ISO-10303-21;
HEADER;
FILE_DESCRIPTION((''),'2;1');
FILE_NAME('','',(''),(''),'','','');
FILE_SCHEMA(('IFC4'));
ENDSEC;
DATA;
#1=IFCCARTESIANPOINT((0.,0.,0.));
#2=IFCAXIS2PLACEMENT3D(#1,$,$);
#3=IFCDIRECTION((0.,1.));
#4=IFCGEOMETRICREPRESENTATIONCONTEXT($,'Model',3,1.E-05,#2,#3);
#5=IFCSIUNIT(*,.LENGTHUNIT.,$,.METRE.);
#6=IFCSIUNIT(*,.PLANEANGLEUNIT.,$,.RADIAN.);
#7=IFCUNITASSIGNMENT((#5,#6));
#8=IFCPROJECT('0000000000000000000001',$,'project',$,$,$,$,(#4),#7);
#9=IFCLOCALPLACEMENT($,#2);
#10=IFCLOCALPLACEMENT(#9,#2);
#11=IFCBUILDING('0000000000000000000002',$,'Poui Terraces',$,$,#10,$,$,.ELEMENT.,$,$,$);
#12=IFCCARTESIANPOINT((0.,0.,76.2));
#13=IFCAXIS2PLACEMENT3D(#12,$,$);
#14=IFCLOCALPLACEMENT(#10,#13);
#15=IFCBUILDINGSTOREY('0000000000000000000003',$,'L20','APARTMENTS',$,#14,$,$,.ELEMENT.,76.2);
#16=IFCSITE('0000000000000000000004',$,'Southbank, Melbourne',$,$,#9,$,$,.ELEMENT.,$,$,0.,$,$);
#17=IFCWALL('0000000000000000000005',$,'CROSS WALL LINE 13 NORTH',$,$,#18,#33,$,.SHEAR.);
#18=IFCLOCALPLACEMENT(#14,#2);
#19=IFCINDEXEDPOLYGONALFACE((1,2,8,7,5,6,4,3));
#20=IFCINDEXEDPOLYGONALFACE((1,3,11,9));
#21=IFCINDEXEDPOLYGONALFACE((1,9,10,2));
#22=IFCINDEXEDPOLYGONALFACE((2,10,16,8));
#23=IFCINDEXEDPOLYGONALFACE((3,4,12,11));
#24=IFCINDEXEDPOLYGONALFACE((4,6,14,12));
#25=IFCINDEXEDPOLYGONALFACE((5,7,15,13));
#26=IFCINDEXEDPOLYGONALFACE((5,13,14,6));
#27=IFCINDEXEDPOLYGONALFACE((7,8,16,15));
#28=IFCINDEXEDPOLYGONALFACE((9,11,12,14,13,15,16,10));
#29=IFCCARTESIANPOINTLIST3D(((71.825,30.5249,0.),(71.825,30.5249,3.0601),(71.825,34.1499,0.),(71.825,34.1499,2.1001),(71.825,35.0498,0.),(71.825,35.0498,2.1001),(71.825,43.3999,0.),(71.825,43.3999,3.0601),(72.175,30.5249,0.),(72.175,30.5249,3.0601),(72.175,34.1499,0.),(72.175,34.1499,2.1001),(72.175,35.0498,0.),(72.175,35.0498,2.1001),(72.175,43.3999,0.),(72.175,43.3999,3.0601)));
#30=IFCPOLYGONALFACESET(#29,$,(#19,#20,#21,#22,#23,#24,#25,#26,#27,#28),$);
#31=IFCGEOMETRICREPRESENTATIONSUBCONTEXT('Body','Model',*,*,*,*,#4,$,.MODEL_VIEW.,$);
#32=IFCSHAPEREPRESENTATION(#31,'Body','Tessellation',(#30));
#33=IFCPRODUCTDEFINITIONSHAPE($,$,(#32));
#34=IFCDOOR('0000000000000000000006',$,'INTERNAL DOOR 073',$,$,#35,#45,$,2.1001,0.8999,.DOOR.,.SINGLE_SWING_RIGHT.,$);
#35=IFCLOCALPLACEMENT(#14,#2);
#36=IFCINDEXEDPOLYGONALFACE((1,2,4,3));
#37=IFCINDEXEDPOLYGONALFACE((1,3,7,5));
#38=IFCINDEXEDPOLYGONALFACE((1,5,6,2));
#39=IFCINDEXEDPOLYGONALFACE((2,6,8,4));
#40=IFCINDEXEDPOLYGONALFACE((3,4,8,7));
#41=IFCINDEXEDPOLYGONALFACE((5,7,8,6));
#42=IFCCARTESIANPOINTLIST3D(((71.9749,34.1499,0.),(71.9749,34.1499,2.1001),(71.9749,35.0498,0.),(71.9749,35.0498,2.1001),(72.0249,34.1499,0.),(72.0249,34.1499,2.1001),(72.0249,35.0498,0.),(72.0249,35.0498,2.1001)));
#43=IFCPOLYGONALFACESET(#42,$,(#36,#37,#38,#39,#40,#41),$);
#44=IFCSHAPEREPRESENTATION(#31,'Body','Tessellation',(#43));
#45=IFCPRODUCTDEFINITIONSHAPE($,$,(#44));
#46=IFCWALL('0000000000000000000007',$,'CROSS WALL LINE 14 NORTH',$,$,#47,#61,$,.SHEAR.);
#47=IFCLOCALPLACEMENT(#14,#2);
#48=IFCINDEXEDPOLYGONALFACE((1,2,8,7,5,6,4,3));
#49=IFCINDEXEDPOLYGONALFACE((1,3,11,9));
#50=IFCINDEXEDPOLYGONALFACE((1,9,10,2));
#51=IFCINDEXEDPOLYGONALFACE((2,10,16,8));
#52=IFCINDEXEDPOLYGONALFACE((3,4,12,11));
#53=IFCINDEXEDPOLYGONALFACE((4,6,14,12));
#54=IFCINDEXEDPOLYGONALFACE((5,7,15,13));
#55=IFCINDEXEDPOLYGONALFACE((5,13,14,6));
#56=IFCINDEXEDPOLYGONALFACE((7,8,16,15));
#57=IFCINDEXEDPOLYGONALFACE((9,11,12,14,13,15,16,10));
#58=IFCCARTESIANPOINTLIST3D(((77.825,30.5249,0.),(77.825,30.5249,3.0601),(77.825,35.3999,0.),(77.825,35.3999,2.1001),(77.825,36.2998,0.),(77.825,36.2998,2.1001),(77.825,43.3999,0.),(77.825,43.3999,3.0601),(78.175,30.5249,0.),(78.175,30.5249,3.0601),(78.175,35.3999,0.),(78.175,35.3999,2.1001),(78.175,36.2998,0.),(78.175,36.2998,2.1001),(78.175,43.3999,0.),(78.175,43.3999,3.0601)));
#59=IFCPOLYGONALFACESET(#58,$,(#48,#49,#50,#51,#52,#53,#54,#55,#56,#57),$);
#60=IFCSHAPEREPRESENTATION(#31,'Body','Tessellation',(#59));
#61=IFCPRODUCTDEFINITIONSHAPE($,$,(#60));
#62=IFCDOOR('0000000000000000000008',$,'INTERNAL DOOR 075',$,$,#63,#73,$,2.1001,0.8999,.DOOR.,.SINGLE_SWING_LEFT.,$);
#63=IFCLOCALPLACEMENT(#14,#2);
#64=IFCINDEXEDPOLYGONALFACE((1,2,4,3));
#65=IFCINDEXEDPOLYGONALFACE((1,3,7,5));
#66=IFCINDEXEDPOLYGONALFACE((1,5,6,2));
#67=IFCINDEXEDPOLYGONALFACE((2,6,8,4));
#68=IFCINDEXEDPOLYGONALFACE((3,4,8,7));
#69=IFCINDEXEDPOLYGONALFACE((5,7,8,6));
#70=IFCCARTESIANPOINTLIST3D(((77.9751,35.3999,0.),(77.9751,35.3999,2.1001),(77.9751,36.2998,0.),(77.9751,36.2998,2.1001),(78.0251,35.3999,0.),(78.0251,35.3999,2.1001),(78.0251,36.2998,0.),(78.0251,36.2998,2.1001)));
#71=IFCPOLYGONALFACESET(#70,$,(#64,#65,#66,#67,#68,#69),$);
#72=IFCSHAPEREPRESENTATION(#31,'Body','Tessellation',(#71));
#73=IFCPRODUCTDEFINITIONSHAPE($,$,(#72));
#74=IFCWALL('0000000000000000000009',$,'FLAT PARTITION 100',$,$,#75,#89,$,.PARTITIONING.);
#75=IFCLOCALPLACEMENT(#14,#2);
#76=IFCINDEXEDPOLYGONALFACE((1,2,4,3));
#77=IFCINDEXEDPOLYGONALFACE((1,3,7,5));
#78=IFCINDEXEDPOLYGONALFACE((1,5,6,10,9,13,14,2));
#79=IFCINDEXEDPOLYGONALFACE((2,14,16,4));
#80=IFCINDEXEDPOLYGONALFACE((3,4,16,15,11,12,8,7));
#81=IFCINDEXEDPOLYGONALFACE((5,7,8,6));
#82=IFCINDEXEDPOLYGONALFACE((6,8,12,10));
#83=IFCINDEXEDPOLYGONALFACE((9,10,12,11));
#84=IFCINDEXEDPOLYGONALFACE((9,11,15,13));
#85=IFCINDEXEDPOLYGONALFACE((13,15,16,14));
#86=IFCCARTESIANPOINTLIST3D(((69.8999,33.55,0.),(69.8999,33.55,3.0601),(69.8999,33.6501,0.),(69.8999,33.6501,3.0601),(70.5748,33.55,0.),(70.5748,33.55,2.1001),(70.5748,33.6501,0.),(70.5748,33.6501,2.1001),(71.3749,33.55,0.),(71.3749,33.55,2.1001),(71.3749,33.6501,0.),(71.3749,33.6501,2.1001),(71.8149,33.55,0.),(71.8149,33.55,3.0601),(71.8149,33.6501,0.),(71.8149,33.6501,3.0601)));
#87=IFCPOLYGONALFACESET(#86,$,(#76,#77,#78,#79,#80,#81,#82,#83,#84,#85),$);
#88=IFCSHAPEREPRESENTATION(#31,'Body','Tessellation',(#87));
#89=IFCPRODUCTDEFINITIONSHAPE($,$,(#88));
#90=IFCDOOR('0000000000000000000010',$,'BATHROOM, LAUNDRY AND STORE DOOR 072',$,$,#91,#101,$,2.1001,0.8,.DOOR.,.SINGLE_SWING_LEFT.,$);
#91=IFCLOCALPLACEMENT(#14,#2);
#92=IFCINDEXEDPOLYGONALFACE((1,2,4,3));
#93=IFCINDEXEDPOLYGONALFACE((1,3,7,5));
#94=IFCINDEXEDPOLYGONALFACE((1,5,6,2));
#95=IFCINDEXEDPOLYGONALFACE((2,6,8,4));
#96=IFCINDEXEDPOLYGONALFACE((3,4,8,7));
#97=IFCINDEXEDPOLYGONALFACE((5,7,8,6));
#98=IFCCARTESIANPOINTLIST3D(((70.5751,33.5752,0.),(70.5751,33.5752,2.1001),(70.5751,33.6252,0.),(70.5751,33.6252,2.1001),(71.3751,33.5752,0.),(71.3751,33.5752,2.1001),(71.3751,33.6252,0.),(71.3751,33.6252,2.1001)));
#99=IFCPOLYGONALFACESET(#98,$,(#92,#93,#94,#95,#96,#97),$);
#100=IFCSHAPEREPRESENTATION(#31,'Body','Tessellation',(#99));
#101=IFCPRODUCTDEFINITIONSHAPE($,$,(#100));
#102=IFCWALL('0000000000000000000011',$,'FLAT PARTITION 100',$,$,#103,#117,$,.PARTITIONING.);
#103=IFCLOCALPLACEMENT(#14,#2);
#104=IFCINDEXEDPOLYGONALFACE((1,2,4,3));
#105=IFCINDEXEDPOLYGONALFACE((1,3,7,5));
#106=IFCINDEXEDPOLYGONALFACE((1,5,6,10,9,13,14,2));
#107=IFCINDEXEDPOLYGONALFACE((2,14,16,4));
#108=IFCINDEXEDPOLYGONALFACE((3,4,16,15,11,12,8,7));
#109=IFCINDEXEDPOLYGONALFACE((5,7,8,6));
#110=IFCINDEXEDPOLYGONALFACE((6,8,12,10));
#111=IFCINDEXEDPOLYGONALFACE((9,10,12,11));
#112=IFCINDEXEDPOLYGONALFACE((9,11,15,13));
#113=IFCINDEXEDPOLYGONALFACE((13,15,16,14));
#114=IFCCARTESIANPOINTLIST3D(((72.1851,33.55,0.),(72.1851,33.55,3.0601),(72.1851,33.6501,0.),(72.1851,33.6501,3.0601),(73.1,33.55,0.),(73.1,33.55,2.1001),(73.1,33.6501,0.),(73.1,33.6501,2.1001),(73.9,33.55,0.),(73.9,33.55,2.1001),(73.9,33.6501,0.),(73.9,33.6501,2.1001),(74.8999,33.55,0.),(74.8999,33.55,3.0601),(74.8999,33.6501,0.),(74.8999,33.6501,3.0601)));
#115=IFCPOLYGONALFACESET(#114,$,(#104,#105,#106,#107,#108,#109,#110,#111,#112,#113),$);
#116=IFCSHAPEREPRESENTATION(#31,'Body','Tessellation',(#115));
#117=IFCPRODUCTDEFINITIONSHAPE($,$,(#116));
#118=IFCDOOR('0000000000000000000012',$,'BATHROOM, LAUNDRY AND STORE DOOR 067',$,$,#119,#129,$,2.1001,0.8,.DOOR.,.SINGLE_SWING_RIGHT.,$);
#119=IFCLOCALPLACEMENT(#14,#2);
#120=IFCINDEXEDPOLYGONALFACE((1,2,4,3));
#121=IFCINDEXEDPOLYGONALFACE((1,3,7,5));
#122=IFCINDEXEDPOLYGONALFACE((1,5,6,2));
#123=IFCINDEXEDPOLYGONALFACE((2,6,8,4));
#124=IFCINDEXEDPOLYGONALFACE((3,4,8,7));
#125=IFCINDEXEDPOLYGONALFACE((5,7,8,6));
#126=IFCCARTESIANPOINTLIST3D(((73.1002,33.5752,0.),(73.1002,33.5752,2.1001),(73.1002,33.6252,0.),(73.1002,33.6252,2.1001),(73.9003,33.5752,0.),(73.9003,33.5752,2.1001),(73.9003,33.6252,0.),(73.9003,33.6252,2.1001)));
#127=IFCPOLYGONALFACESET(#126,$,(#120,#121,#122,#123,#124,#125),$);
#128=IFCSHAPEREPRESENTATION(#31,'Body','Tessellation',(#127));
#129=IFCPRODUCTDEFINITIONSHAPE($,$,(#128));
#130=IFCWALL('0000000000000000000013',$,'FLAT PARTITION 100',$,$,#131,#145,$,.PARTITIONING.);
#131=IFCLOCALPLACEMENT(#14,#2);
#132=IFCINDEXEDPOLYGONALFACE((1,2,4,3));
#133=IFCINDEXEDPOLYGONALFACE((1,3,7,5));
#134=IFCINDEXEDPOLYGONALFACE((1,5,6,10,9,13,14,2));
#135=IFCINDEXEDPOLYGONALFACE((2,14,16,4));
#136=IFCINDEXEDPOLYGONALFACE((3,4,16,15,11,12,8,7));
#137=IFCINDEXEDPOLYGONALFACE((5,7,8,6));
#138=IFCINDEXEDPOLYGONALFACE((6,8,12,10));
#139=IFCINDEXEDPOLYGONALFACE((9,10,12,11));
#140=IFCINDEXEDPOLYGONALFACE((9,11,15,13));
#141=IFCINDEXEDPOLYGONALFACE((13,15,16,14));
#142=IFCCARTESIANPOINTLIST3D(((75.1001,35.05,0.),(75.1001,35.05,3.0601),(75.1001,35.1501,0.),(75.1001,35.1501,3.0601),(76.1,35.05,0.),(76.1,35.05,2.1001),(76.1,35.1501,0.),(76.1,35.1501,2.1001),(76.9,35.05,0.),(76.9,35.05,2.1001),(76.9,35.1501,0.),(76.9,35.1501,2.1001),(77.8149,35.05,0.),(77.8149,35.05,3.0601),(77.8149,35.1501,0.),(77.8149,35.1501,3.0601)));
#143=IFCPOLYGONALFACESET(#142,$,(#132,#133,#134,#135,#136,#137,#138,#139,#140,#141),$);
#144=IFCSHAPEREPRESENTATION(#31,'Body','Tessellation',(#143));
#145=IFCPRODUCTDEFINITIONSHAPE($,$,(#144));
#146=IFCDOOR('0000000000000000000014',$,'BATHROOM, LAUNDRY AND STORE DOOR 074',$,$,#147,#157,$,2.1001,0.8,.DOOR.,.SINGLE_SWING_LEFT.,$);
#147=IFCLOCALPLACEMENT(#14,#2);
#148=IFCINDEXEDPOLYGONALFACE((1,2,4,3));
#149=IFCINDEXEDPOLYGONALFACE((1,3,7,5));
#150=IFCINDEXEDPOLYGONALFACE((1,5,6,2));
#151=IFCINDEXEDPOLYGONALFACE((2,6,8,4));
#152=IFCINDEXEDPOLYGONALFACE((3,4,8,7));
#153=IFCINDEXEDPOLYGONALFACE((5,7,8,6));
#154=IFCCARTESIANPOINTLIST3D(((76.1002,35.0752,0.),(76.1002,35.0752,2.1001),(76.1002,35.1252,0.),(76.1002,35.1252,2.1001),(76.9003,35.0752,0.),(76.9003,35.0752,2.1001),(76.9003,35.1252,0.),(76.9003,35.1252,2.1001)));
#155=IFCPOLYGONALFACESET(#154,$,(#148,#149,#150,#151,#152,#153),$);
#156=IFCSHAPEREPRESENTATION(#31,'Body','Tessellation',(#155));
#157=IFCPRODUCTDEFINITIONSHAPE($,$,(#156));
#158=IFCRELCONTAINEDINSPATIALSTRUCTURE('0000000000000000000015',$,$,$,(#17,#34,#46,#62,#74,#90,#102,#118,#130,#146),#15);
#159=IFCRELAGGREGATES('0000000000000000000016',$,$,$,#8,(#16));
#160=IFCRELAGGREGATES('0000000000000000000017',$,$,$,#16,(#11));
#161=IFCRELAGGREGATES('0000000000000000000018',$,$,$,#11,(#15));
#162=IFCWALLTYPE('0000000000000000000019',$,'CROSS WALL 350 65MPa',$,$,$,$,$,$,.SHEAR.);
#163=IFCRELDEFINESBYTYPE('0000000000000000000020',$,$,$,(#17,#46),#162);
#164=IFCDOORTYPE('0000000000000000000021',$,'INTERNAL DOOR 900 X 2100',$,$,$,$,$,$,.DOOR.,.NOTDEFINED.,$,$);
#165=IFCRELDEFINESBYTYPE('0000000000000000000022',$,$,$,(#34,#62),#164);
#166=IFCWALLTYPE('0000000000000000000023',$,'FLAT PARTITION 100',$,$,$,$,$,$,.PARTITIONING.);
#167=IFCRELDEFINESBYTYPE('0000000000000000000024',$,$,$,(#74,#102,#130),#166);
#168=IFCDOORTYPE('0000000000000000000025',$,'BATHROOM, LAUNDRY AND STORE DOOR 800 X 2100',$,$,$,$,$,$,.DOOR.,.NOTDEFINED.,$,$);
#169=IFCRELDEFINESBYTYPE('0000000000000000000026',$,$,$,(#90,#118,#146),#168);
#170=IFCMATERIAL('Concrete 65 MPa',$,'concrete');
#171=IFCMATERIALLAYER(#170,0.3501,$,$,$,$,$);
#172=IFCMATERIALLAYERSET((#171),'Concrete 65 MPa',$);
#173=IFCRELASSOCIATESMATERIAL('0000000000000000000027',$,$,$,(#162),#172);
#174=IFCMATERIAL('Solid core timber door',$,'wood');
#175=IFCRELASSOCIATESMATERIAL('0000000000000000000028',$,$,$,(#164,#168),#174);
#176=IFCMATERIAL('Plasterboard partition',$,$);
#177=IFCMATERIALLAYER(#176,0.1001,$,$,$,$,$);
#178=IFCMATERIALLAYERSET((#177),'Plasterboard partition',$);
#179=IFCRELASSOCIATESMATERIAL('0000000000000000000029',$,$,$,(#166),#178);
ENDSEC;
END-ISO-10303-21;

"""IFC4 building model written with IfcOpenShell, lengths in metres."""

from ifc_helpers import new_model, si_unit, direction, frame, frame_2d, origin, place, context, subcontext, project, spatial, rectangle, extrude, material, layer, layer_set, type_object, element, fill, save


model = new_model("IFC4")

# Units and contexts
model_context = context("Model", 3, precision=1e-05, world=origin(), true_north=direction((0.0, 1.0)))
body_context = subcontext(model_context, "Body", "Model", "MODEL_VIEW")
ifc_project = project(units=[si_unit("LENGTHUNIT", "METRE"), si_unit("PLANEANGLEUNIT", "RADIAN")], contexts=[model_context])

# Site, building, storey
site_placement = place(None, origin())
site = spatial("IfcSite", under=ifc_project, at=site_placement, Name="Southbank, Melbourne", CompositionType="ELEMENT", RefElevation=0.0)
building_placement = place(site_placement, origin())
building = spatial("IfcBuilding", under=site, at=building_placement, Name="Poui Terraces", CompositionType="ELEMENT")
storey_placement = place(building_placement, frame((0.0, 0.0, 76.2)))
storey = spatial("IfcBuildingStorey", under=building, at=storey_placement, Name="L20", Description="APARTMENTS", CompositionType="ELEMENT", Elevation=76.2)

# Walls, openings, doors
ifc_material_1 = material(Name="Concrete 65 MPa", Category="concrete")
ifc_layer_1 = layer(ifc_material_1, 0.3501)
ifc_layer_set_1 = layer_set([ifc_layer_1], Name="Concrete 65 MPa")
wall_type_1 = type_object("IfcWallType", Name="CROSS WALL 350 65MPa", PredefinedType="SHEAR", material=ifc_layer_set_1)
wall_1_placement = place(storey_placement, frame((72.0, 30.5249, 0.0), z_axis=(0.0, 0.0, 1.0), x_axis=(0.0, 1.0, 0.0)))
wall_1 = element("IfcWall", 1, at=wall_1_placement, inside=storey, type_object=wall_type_1, Name="CROSS WALL LINE 13 NORTH", PredefinedType="SHEAR", context=body_context, shape_type="SweptSolid", body=[
    extrude(rectangle(XDim=12.875, YDim=0.3501, at=frame_2d((6.4375, 0.0))), origin(), (0.0, 0.0, 1.0), 3.0601),
])
opening_1_placement = place(wall_1_placement, frame((3.625, 0.0, 0.0)))
opening_1 = element("IfcOpeningElement", 2, at=opening_1_placement, cuts=wall_1, PredefinedType="OPENING", context=body_context, shape_type="SweptSolid", body=[
    extrude(rectangle(XDim=0.8999, YDim=2.1001, at=frame_2d((0.45, 1.05))), frame((0.0, 0.1851, 0.0), z_axis=(0.0, -1.0, 0.0), x_axis=(1.0, 0.0, 0.0)), (0.0, 0.0, 1.0), 0.3701),
])
ifc_material_2 = material(Name="Solid core timber door", Category="wood")
door_type_1 = type_object("IfcDoorType", Name="INTERNAL DOOR 900 X 2100", OperationType="NOTDEFINED", PredefinedType="DOOR", material=ifc_material_2)
door_1_placement = place(opening_1_placement, frame((0.8999, 0.0, 0.0), z_axis=(0.0, 0.0, 1.0), x_axis=(-1.0, 0.0, 0.0)))
door_1 = element("IfcDoor", 3, at=door_1_placement, inside=storey, type_object=door_type_1, Name="INTERNAL DOOR 073", OperationType="SINGLE_SWING_RIGHT", OverallHeight=2.1001, OverallWidth=0.8999, PredefinedType="DOOR", context=body_context, shape_type="SweptSolid", body=[
    extrude(rectangle(XDim=0.8999, YDim=2.1001, at=frame_2d((0.45, 1.05))), frame((0.0, 0.0249, 0.0), z_axis=(0.0, -1.0, 0.0), x_axis=(1.0, 0.0, 0.0)), (0.0, 0.0, 1.0), 0.05),
])
fill(opening_1, door_1)
wall_2_placement = place(storey_placement, frame((78.0, 30.5249, 0.0), z_axis=(0.0, 0.0, 1.0), x_axis=(0.0, 1.0, 0.0)))
wall_2 = element("IfcWall", 4, at=wall_2_placement, inside=storey, type_object=wall_type_1, Name="CROSS WALL LINE 14 NORTH", PredefinedType="SHEAR", context=body_context, shape_type="SweptSolid", body=[
    extrude(rectangle(XDim=12.875, YDim=0.3501, at=frame_2d((6.4375, 0.0))), origin(), (0.0, 0.0, 1.0), 3.0601),
])
opening_2_placement = place(wall_2_placement, frame((4.875, 0.0, 0.0)))
opening_2 = element("IfcOpeningElement", 5, at=opening_2_placement, cuts=wall_2, PredefinedType="OPENING", context=body_context, shape_type="SweptSolid", body=[
    extrude(rectangle(XDim=0.8999, YDim=2.1001, at=frame_2d((0.45, 1.05))), frame((0.0, 0.1851, 0.0), z_axis=(0.0, -1.0, 0.0), x_axis=(1.0, 0.0, 0.0)), (0.0, 0.0, 1.0), 0.3701),
])
door_2_placement = place(opening_2_placement, origin())
door_2 = element("IfcDoor", 6, at=door_2_placement, inside=storey, type_object=door_type_1, Name="INTERNAL DOOR 075", OperationType="SINGLE_SWING_LEFT", OverallHeight=2.1001, OverallWidth=0.8999, PredefinedType="DOOR", context=body_context, shape_type="SweptSolid", body=[
    extrude(rectangle(XDim=0.8999, YDim=2.1001, at=frame_2d((0.45, 1.05))), frame((0.0, 0.0249, 0.0), z_axis=(0.0, -1.0, 0.0), x_axis=(1.0, 0.0, 0.0)), (0.0, 0.0, 1.0), 0.05),
])
fill(opening_2, door_2)
ifc_material_3 = material(Name="Plasterboard partition")
ifc_layer_2 = layer(ifc_material_3, 0.1001)
ifc_layer_set_2 = layer_set([ifc_layer_2], Name="Plasterboard partition")
wall_type_2 = type_object("IfcWallType", Name="FLAT PARTITION 100", PredefinedType="PARTITIONING", material=ifc_layer_set_2)
wall_3_placement = place(storey_placement, frame((69.8999, 33.6001, 0.0), z_axis=(0.0, 0.0, 1.0), x_axis=(1.0, 0.0, 0.0)))
wall_3 = element("IfcWall", 7, at=wall_3_placement, inside=storey, type_object=wall_type_2, Name="FLAT PARTITION 100", PredefinedType="PARTITIONING", context=body_context, shape_type="SweptSolid", body=[
    extrude(rectangle(XDim=1.915, YDim=0.1001, at=frame_2d((0.9575, 0.0))), origin(), (0.0, 0.0, 1.0), 3.0601),
])
opening_3_placement = place(wall_3_placement, frame((0.675, 0.0, 0.0)))
opening_3 = element("IfcOpeningElement", 8, at=opening_3_placement, cuts=wall_3, PredefinedType="OPENING", context=body_context, shape_type="SweptSolid", body=[
    extrude(rectangle(XDim=0.8, YDim=2.1001, at=frame_2d((0.3999, 1.05))), frame((0.0, 0.0601, 0.0), z_axis=(0.0, -1.0, 0.0), x_axis=(1.0, 0.0, 0.0)), (0.0, 0.0, 1.0), 0.1201),
])
door_type_2 = type_object("IfcDoorType", Name="BATHROOM, LAUNDRY AND STORE DOOR 800 X 2100", OperationType="NOTDEFINED", PredefinedType="DOOR", material=ifc_material_2)
door_3_placement = place(opening_3_placement, frame((0.8, 0.0, 0.0), z_axis=(0.0, 0.0, 1.0), x_axis=(-1.0, 0.0, 0.0)))
door_3 = element("IfcDoor", 9, at=door_3_placement, inside=storey, type_object=door_type_2, Name="BATHROOM, LAUNDRY AND STORE DOOR 072", OperationType="SINGLE_SWING_LEFT", OverallHeight=2.1001, OverallWidth=0.8, PredefinedType="DOOR", context=body_context, shape_type="SweptSolid", body=[
    extrude(rectangle(XDim=0.8, YDim=2.1001, at=frame_2d((0.3999, 1.05))), frame((0.0, 0.0249, 0.0), z_axis=(0.0, -1.0, 0.0), x_axis=(1.0, 0.0, 0.0)), (0.0, 0.0, 1.0), 0.05),
])
fill(opening_3, door_3)
wall_4_placement = place(storey_placement, frame((72.1851, 33.6001, 0.0), z_axis=(0.0, 0.0, 1.0), x_axis=(1.0, 0.0, 0.0)))
wall_4 = element("IfcWall", 10, at=wall_4_placement, inside=storey, type_object=wall_type_2, Name="FLAT PARTITION 100", PredefinedType="PARTITIONING", context=body_context, shape_type="SweptSolid", body=[
    extrude(rectangle(XDim=2.7148, YDim=0.1001, at=frame_2d((1.3574, 0.0))), origin(), (0.0, 0.0, 1.0), 3.0601),
])
opening_4_placement = place(wall_4_placement, frame((0.915, 0.0, 0.0)))
opening_4 = element("IfcOpeningElement", 11, at=opening_4_placement, cuts=wall_4, PredefinedType="OPENING", context=body_context, shape_type="SweptSolid", body=[
    extrude(rectangle(XDim=0.8, YDim=2.1001, at=frame_2d((0.3999, 1.05))), frame((0.0, 0.0601, 0.0), z_axis=(0.0, -1.0, 0.0), x_axis=(1.0, 0.0, 0.0)), (0.0, 0.0, 1.0), 0.1201),
])
door_4_placement = place(opening_4_placement, frame((0.8, 0.0, 0.0), z_axis=(0.0, 0.0, 1.0), x_axis=(-1.0, 0.0, 0.0)))
door_4 = element("IfcDoor", 12, at=door_4_placement, inside=storey, type_object=door_type_2, Name="BATHROOM, LAUNDRY AND STORE DOOR 067", OperationType="SINGLE_SWING_RIGHT", OverallHeight=2.1001, OverallWidth=0.8, PredefinedType="DOOR", context=body_context, shape_type="SweptSolid", body=[
    extrude(rectangle(XDim=0.8, YDim=2.1001, at=frame_2d((0.3999, 1.05))), frame((0.0, 0.0249, 0.0), z_axis=(0.0, -1.0, 0.0), x_axis=(1.0, 0.0, 0.0)), (0.0, 0.0, 1.0), 0.05),
])
fill(opening_4, door_4)
wall_5_placement = place(storey_placement, frame((75.1001, 35.1001, 0.0), z_axis=(0.0, 0.0, 1.0), x_axis=(1.0, 0.0, 0.0)))
wall_5 = element("IfcWall", 13, at=wall_5_placement, inside=storey, type_object=wall_type_2, Name="FLAT PARTITION 100", PredefinedType="PARTITIONING", context=body_context, shape_type="SweptSolid", body=[
    extrude(rectangle(XDim=2.7148, YDim=0.1001, at=frame_2d((1.3574, 0.0))), origin(), (0.0, 0.0, 1.0), 3.0601),
])
opening_5_placement = place(wall_5_placement, frame((1.0, 0.0, 0.0)))
opening_5 = element("IfcOpeningElement", 14, at=opening_5_placement, cuts=wall_5, PredefinedType="OPENING", context=body_context, shape_type="SweptSolid", body=[
    extrude(rectangle(XDim=0.8, YDim=2.1001, at=frame_2d((0.3999, 1.05))), frame((0.0, 0.0601, 0.0), z_axis=(0.0, -1.0, 0.0), x_axis=(1.0, 0.0, 0.0)), (0.0, 0.0, 1.0), 0.1201),
])
door_5_placement = place(opening_5_placement, frame((0.8, 0.0, 0.0), z_axis=(0.0, 0.0, 1.0), x_axis=(-1.0, 0.0, 0.0)))
door_5 = element("IfcDoor", 15, at=door_5_placement, inside=storey, type_object=door_type_2, Name="BATHROOM, LAUNDRY AND STORE DOOR 074", OperationType="SINGLE_SWING_LEFT", OverallHeight=2.1001, OverallWidth=0.8, PredefinedType="DOOR", context=body_context, shape_type="SweptSolid", body=[
    extrude(rectangle(XDim=0.8, YDim=2.1001, at=frame_2d((0.3999, 1.05))), frame((0.0, 0.0249, 0.0), z_axis=(0.0, -1.0, 0.0), x_axis=(1.0, 0.0, 0.0)), (0.0, 0.0, 1.0), 0.05),
])
fill(opening_5, door_5)

save(model, "model.ifc")
